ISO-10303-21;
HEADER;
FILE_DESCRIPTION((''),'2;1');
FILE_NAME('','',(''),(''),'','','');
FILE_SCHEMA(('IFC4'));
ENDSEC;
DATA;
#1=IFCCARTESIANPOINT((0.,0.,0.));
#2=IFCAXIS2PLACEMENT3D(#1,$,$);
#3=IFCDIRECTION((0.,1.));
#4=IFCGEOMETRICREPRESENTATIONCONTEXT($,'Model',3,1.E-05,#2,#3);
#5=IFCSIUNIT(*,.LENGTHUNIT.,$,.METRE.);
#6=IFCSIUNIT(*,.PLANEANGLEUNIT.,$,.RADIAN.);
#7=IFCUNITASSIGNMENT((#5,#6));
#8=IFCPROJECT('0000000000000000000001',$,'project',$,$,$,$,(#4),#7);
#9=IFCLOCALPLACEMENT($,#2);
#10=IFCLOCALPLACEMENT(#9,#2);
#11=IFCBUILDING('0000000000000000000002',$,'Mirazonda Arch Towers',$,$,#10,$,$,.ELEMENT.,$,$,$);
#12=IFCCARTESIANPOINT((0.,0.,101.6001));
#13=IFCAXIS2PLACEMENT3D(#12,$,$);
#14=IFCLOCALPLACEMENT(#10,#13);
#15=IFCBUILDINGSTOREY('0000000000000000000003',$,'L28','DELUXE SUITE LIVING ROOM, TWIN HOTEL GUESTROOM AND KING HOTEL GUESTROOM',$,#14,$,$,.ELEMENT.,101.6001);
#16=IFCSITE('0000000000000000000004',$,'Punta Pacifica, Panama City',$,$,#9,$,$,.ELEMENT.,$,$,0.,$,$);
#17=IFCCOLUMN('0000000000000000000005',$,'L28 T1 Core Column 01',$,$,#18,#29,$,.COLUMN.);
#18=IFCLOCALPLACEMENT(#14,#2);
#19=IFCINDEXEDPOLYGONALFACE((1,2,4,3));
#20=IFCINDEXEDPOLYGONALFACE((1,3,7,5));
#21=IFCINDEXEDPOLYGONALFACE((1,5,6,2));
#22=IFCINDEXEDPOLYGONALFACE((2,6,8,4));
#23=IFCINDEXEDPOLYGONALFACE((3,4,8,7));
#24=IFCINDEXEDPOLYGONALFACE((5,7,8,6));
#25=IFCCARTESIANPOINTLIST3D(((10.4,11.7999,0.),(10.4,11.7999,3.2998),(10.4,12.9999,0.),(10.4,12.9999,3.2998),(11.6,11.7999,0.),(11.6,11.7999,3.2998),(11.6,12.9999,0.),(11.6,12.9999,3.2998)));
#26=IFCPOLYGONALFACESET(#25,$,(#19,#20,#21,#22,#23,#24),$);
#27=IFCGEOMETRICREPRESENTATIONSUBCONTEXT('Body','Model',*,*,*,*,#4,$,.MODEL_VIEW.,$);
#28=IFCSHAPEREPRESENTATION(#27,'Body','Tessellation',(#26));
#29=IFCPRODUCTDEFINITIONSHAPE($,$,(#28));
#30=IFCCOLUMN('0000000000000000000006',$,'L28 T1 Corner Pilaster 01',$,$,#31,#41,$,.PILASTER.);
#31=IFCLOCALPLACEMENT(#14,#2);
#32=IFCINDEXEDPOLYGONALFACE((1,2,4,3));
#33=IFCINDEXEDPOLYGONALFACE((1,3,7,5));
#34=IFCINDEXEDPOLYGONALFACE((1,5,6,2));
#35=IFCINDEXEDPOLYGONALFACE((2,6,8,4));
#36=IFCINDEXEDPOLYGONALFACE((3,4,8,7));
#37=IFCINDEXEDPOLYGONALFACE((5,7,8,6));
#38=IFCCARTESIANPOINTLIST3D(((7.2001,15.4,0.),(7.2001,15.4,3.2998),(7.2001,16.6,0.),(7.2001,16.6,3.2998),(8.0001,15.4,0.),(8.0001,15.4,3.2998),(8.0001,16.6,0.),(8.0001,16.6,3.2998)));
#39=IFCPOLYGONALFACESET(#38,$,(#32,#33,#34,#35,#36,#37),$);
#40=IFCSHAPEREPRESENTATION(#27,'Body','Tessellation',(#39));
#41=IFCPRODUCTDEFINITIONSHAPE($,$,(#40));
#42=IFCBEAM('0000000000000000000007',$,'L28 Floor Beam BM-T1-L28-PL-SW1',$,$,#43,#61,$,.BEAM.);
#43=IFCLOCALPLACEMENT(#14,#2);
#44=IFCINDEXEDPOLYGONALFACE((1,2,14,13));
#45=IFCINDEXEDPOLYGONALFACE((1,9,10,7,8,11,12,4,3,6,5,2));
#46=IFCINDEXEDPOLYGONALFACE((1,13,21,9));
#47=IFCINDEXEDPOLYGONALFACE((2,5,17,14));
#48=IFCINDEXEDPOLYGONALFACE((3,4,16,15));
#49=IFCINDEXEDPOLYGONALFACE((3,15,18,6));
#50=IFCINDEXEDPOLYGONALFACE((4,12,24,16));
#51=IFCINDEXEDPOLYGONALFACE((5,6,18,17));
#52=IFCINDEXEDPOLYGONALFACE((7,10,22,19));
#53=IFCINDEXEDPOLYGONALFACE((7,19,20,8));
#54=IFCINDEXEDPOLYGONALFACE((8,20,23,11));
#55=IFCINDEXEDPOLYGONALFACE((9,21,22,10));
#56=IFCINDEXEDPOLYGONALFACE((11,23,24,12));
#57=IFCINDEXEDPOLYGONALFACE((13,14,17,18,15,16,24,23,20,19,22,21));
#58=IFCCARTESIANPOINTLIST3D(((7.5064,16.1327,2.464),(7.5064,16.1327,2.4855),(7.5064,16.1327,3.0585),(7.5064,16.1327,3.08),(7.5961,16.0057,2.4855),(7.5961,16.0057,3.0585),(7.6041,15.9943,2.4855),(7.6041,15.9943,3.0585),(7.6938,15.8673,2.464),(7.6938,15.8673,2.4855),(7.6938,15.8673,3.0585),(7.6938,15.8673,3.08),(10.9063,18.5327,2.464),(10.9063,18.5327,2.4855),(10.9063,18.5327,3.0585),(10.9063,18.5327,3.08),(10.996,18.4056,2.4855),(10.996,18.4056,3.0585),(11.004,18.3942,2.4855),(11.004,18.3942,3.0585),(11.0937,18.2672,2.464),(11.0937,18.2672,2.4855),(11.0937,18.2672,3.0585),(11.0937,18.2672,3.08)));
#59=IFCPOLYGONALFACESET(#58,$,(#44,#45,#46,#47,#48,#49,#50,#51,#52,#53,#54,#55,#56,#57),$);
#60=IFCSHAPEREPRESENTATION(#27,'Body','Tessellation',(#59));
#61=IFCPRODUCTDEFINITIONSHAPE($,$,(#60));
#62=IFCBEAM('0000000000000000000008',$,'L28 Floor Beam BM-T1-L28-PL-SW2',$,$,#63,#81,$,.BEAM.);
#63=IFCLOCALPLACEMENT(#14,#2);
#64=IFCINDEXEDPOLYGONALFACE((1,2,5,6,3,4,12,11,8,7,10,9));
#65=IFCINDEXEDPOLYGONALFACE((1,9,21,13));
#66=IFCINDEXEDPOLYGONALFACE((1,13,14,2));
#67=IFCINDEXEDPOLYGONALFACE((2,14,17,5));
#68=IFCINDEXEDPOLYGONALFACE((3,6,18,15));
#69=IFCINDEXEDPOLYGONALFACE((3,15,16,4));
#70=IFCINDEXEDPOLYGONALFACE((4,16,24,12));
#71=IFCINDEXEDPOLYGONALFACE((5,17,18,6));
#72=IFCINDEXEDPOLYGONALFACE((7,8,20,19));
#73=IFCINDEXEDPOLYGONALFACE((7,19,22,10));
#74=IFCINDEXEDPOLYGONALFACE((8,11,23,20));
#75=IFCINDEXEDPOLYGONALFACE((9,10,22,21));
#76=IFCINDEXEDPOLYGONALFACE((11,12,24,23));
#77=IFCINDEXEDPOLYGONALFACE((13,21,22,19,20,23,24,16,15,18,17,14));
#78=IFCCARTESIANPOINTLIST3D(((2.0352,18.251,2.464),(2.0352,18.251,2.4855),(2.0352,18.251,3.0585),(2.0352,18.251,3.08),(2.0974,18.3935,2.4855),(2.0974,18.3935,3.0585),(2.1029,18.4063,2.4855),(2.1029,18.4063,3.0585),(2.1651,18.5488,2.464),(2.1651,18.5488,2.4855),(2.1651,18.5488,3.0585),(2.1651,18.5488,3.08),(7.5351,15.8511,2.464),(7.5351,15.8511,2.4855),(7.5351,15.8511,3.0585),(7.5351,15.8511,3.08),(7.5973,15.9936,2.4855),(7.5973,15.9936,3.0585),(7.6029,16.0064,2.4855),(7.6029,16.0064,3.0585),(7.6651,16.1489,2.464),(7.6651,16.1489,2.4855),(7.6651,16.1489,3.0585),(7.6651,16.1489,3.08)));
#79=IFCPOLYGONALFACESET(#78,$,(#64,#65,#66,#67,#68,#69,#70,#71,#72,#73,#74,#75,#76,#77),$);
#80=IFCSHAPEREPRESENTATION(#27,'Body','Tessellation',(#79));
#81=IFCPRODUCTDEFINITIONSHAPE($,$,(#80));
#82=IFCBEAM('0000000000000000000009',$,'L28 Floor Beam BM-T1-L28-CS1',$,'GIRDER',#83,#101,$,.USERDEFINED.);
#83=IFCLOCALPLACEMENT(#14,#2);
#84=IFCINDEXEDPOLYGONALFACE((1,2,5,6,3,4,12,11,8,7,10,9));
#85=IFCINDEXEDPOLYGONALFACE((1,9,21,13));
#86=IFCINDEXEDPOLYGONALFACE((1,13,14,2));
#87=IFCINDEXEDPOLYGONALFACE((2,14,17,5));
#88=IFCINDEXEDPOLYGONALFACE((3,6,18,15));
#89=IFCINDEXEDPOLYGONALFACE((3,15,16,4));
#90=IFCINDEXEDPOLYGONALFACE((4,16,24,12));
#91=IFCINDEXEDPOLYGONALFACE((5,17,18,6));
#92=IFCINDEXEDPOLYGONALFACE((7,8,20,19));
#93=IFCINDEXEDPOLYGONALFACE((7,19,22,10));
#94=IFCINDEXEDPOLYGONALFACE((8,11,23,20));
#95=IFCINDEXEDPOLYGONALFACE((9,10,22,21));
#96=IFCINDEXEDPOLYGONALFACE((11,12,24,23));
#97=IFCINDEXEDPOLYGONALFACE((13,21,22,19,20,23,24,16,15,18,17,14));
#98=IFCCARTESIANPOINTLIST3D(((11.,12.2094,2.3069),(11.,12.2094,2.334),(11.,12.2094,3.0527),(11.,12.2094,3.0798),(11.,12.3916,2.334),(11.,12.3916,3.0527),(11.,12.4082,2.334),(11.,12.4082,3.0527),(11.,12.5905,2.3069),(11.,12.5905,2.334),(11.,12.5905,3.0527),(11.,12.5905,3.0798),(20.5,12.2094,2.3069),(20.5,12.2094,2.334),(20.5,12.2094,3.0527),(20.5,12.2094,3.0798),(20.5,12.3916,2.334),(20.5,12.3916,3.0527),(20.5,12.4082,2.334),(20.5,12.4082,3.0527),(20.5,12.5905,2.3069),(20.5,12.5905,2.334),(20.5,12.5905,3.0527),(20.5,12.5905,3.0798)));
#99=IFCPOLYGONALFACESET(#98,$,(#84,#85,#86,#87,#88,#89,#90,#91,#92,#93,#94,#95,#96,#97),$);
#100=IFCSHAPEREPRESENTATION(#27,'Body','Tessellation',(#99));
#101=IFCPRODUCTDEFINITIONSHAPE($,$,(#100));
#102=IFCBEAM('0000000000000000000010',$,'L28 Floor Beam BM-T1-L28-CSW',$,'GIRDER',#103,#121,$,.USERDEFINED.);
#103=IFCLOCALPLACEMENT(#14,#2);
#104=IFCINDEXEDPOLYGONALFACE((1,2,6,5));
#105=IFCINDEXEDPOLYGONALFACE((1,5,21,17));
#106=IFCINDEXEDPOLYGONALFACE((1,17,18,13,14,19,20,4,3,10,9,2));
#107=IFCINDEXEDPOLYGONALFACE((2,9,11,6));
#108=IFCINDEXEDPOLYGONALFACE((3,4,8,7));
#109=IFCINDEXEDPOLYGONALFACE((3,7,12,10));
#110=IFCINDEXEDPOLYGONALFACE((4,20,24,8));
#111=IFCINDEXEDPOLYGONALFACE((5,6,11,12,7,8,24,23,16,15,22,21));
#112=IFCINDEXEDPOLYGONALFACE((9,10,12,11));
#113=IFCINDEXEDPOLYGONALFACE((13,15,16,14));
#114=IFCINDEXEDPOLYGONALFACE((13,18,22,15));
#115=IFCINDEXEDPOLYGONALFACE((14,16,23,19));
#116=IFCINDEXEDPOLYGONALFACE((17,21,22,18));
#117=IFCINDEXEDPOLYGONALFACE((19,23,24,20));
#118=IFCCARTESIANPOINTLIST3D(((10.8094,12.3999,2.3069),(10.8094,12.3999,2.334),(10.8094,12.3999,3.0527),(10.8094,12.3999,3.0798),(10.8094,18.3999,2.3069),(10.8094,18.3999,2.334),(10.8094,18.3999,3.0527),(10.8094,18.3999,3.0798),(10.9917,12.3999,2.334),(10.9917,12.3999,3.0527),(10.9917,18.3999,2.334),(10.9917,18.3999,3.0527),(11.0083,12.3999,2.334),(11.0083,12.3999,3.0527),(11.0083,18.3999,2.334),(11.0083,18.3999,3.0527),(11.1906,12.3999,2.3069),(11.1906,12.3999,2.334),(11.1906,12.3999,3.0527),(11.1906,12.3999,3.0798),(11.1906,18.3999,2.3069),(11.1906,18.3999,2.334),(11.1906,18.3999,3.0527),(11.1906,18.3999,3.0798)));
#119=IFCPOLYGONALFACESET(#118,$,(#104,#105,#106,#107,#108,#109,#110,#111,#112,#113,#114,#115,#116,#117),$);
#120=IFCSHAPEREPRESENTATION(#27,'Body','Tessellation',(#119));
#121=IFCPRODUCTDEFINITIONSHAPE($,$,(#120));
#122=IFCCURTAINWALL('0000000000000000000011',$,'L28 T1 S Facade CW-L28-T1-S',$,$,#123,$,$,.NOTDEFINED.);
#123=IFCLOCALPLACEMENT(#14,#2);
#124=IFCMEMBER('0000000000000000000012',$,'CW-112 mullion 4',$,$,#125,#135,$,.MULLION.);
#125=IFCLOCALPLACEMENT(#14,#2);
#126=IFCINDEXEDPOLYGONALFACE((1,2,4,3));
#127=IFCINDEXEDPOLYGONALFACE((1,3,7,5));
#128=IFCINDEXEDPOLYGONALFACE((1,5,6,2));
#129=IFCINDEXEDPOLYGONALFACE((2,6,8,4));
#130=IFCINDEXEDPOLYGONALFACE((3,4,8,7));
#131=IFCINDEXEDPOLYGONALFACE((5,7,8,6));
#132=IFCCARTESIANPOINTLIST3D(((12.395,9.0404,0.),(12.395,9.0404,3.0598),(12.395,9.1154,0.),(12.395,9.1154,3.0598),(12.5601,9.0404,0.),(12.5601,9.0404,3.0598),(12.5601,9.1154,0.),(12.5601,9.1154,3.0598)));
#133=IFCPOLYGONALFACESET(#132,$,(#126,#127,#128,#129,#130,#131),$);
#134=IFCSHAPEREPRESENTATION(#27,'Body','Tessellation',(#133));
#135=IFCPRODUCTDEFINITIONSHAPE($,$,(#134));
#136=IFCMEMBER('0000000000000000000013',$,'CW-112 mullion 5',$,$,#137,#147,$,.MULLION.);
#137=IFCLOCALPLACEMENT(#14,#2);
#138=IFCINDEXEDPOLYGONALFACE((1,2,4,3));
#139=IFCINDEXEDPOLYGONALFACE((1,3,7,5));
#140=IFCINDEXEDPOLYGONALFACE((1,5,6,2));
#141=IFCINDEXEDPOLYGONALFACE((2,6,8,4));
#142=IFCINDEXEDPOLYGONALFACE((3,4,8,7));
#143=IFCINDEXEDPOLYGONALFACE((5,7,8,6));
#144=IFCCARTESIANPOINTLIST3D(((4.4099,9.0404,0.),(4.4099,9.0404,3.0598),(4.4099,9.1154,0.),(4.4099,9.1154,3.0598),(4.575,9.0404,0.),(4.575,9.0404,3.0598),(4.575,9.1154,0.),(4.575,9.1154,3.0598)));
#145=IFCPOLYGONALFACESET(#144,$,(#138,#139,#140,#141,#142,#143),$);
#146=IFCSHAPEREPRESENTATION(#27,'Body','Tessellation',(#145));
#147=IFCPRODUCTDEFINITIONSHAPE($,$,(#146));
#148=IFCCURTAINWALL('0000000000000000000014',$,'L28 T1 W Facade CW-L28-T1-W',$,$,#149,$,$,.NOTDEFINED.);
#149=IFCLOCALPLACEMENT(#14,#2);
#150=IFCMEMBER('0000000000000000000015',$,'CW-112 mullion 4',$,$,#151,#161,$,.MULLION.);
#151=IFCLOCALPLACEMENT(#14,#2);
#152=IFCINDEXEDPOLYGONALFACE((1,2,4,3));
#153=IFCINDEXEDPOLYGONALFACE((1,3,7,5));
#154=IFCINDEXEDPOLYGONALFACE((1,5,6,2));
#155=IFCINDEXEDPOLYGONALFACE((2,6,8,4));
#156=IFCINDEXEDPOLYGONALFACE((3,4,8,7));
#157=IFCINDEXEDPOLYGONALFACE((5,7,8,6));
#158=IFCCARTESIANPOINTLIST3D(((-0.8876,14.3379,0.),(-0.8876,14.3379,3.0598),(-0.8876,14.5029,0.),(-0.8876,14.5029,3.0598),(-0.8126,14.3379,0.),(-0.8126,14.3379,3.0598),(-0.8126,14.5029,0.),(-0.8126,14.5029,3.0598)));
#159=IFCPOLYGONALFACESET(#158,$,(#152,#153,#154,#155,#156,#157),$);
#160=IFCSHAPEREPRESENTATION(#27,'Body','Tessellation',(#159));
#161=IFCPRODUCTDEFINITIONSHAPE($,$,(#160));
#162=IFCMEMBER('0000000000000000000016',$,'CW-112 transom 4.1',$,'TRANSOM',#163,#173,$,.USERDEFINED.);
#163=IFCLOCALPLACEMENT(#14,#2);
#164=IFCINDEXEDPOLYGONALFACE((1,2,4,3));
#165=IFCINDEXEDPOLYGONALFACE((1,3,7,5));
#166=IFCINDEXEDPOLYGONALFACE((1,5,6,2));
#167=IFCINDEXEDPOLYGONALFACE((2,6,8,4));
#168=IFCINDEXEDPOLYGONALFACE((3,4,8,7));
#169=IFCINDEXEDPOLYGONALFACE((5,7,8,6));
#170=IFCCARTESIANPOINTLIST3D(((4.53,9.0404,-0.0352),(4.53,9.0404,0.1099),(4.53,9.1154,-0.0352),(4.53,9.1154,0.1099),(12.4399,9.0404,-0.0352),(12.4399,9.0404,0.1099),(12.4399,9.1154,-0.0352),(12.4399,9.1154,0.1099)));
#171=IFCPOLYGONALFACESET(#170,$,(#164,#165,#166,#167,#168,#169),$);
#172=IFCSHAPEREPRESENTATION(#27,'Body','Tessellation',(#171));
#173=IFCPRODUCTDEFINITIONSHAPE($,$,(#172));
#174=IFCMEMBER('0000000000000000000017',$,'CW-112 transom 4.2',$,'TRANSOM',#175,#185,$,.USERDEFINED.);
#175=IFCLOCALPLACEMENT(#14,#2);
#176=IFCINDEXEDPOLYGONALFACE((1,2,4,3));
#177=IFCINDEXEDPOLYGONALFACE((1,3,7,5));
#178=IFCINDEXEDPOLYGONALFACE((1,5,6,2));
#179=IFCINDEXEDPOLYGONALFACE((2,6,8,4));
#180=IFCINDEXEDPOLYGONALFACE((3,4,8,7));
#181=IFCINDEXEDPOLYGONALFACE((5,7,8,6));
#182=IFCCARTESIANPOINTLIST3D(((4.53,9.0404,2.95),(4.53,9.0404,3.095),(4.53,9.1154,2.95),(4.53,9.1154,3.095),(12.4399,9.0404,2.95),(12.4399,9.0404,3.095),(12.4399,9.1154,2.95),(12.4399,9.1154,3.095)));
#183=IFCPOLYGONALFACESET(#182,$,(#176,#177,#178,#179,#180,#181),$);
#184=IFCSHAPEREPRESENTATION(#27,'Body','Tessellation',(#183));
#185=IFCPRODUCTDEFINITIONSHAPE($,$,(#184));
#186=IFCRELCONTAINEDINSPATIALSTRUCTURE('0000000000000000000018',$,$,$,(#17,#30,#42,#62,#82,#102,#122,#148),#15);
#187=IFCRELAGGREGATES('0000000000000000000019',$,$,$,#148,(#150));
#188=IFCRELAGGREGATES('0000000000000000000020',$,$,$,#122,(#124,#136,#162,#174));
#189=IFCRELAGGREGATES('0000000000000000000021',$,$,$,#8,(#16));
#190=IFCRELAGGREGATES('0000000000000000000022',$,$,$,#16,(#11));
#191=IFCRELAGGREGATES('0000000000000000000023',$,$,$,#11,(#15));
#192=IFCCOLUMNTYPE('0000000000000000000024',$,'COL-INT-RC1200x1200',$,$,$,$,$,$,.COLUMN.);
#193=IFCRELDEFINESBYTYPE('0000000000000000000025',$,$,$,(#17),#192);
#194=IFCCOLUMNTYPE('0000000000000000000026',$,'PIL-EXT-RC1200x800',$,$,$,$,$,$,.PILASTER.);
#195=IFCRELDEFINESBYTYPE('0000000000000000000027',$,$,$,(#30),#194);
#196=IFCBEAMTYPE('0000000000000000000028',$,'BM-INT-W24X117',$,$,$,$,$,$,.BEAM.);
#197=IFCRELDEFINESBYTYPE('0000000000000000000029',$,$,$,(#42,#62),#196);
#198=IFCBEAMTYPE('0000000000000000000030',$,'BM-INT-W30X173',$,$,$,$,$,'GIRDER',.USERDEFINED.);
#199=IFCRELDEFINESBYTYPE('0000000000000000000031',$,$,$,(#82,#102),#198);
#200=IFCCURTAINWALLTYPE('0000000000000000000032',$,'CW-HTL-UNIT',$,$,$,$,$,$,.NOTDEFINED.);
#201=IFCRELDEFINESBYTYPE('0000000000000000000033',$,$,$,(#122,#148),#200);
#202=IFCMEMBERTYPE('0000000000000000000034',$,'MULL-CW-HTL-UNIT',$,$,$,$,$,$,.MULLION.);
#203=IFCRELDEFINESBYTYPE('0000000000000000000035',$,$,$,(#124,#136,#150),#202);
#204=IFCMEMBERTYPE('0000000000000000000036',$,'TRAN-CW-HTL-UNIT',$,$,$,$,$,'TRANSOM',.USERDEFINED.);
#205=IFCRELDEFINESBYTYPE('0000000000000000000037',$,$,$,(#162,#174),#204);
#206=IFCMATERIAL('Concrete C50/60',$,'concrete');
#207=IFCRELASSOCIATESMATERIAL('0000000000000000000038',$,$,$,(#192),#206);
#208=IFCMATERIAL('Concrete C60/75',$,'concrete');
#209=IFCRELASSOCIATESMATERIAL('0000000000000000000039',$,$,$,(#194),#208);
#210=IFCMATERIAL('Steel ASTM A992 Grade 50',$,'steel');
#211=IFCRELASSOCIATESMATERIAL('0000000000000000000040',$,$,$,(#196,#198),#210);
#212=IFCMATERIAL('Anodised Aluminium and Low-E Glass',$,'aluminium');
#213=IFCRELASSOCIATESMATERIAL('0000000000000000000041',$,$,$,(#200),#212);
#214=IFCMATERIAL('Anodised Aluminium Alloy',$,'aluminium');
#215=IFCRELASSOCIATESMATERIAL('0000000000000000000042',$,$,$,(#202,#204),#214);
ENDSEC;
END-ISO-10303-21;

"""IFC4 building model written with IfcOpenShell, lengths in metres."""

from ifc_helpers import new_model, si_unit, direction, frame, origin, origin_2d, place, context, subcontext, project, spatial, rectangle, i_section, extrude, material, material_profile, profile_set, type_object, element, aggregate, save


model = new_model("IFC4")

# Units and contexts
model_context = context("Model", 3, precision=1e-05, world=origin(), true_north=direction((0.0, 1.0)))
body_context = subcontext(model_context, "Body", "Model", "MODEL_VIEW")
ifc_project = project(units=[si_unit("LENGTHUNIT", "METRE"), si_unit("PLANEANGLEUNIT", "RADIAN")], contexts=[model_context])

# Site, building, storey
site_placement = place(None, origin())
site = spatial("IfcSite", under=ifc_project, at=site_placement, Name="Punta Pacifica, Panama City", CompositionType="ELEMENT", RefElevation=0.0)
building_placement = place(site_placement, origin())
building = spatial("IfcBuilding", under=site, at=building_placement, Name="Mirazonda Arch Towers", CompositionType="ELEMENT")
storey_placement = place(building_placement, frame((0.0, 0.0, 101.6001)))
storey = spatial("IfcBuildingStorey", under=building, at=storey_placement, Name="L28", Description="DELUXE SUITE LIVING ROOM, TWIN HOTEL GUESTROOM AND KING HOTEL GUESTROOM", CompositionType="ELEMENT", Elevation=101.6001)

# Columns
ifc_material_1 = material(Name="Concrete C50/60", Category="concrete")
ifc_material_profile_1 = material_profile(ifc_material_1, rectangle(XDim=1.2, YDim=1.2, at=origin_2d()), Name="RC1200x1200")
ifc_profile_set_1 = profile_set([ifc_material_profile_1], Name="Concrete C50/60")
column_type_1 = type_object("IfcColumnType", Name="COL-INT-RC1200x1200", PredefinedType="COLUMN", material=ifc_profile_set_1)
column_1_placement = place(storey_placement, frame((11.0, 12.3999, 0.0), z_axis=(0.0, 0.0, 1.0), x_axis=(1.0, 0.0, 0.0)))
element("IfcColumn", 1, at=column_1_placement, inside=storey, type_object=column_type_1, Name="L28 T1 Core Column 01", PredefinedType="COLUMN", context=body_context, shape_type="SweptSolid", body=[
    extrude(rectangle(XDim=1.2, YDim=1.2, at=origin_2d()), origin(), (0.0, 0.0, 1.0), 3.2998),
])
ifc_material_2 = material(Name="Concrete C60/75", Category="concrete")
ifc_material_profile_2 = material_profile(ifc_material_2, rectangle(XDim=0.8, YDim=1.2, at=origin_2d()), Name="RC1200x800")
ifc_profile_set_2 = profile_set([ifc_material_profile_2], Name="Concrete C60/75")
column_type_2 = type_object("IfcColumnType", Name="PIL-EXT-RC1200x800", PredefinedType="PILASTER", material=ifc_profile_set_2)
column_2_placement = place(storey_placement, frame((7.6001, 16.0, 0.0), z_axis=(0.0, 0.0, 1.0), x_axis=(1.0, 0.0, 0.0)))
element("IfcColumn", 2, at=column_2_placement, inside=storey, type_object=column_type_2, Name="L28 T1 Corner Pilaster 01", PredefinedType="PILASTER", context=body_context, shape_type="SweptSolid", body=[
    extrude(rectangle(XDim=0.8, YDim=1.2, at=origin_2d()), origin(), (0.0, 0.0, 1.0), 3.2998),
])

# Beams
ifc_material_3 = material(Name="Steel ASTM A992 Grade 50", Category="steel")
ifc_material_profile_3 = material_profile(ifc_material_3, i_section(OverallWidth=0.325, OverallDepth=0.616, WebThickness=0.0139, FlangeThickness=0.0215, at=origin_2d()), Name="W24X117")
ifc_profile_set_3 = profile_set([ifc_material_profile_3], Name="Steel ASTM A992 Grade 50")
beam_type_1 = type_object("IfcBeamType", Name="BM-INT-W24X117", PredefinedType="BEAM", material=ifc_profile_set_3)
beam_1_placement = place(storey_placement, frame((7.6001, 16.0, 2.772), z_axis=(0.816971, 0.576679, 0.0), x_axis=(-0.576679, 0.816971, 0.0)))
element("IfcBeam", 3, at=beam_1_placement, inside=storey, type_object=beam_type_1, Name="L28 Floor Beam BM-T1-L28-PL-SW1", PredefinedType="BEAM", context=body_context, shape_type="SweptSolid", body=[
    extrude(i_section(OverallWidth=0.325, OverallDepth=0.616, WebThickness=0.0139, FlangeThickness=0.0215, at=origin_2d()), origin(), (0.0, 0.0, 1.0), 4.1616),
])
beam_2_placement = place(storey_placement, frame((7.6001, 16.0, 2.772), z_axis=(-0.916545, 0.399931, 0.0), x_axis=(-0.399931, -0.916545, 0.0)))
element("IfcBeam", 4, at=beam_2_placement, inside=storey, type_object=beam_type_1, Name="L28 Floor Beam BM-T1-L28-PL-SW2", PredefinedType="BEAM", context=body_context, shape_type="SweptSolid", body=[
    extrude(i_section(OverallWidth=0.325, OverallDepth=0.616, WebThickness=0.0139, FlangeThickness=0.0215, at=origin_2d()), origin(), (0.0, 0.0, 1.0), 6.0007),
])
ifc_material_profile_4 = material_profile(ifc_material_3, i_section(OverallWidth=0.3811, OverallDepth=0.7729, WebThickness=0.0166, FlangeThickness=0.0271, at=origin_2d()), Name="W30X173")
ifc_profile_set_4 = profile_set([ifc_material_profile_4], Name="Steel ASTM A992 Grade 50")
beam_type_2 = type_object("IfcBeamType", Name="BM-INT-W30X173", ElementType="GIRDER", PredefinedType="USERDEFINED", material=ifc_profile_set_4)
beam_3_placement = place(storey_placement, frame((11.0, 12.3999, 2.6934), z_axis=(1.0, 0.0, 0.0), x_axis=(0.0, 1.0, 0.0)))
element("IfcBeam", 5, at=beam_3_placement, inside=storey, type_object=beam_type_2, Name="L28 Floor Beam BM-T1-L28-CS1", ObjectType="GIRDER", PredefinedType="USERDEFINED", context=body_context, shape_type="SweptSolid", body=[
    extrude(i_section(OverallWidth=0.3811, OverallDepth=0.7729, WebThickness=0.0166, FlangeThickness=0.0271, at=origin_2d()), origin(), (0.0, 0.0, 1.0), 9.5),
])
beam_4_placement = place(storey_placement, frame((11.0, 12.3999, 2.6934), z_axis=(0.0, 1.0, 0.0), x_axis=(-1.0, 0.0, 0.0)))
element("IfcBeam", 6, at=beam_4_placement, inside=storey, type_object=beam_type_2, Name="L28 Floor Beam BM-T1-L28-CSW", ObjectType="GIRDER", PredefinedType="USERDEFINED", context=body_context, shape_type="SweptSolid", body=[
    extrude(i_section(OverallWidth=0.3811, OverallDepth=0.7729, WebThickness=0.0166, FlangeThickness=0.0271, at=origin_2d()), origin(), (0.0, 0.0, 1.0), 6.0),
])

# Curtain wall, members
ifc_material_4 = material(Name="Anodised Aluminium and Low-E Glass", Category="aluminium")
curtain_wall_type = type_object("IfcCurtainWallType", Name="CW-HTL-UNIT", PredefinedType="NOTDEFINED", material=ifc_material_4)
curtain_wall_1_placement = place(storey_placement, origin())
curtain_wall_1 = element("IfcCurtainWall", 7, at=curtain_wall_1_placement, inside=storey, type_object=curtain_wall_type, Name="L28 T1 S Facade CW-L28-T1-S", PredefinedType="NOTDEFINED")
ifc_material_5 = material(Name="Anodised Aluminium Alloy", Category="aluminium")
ifc_material_profile_5 = material_profile(ifc_material_5, rectangle(XDim=0.075, YDim=0.165, at=origin_2d()), Name="ALU-MULL-75x165")
ifc_profile_set_5 = profile_set([ifc_material_profile_5], Name="Anodised Aluminium Alloy")
member_type_1 = type_object("IfcMemberType", Name="MULL-CW-HTL-UNIT", PredefinedType="MULLION", material=ifc_profile_set_5)
member_1_placement = place(storey_placement, frame((12.4775, 9.0779, 0.0), z_axis=(0.0, 0.0, 1.0), x_axis=(0.0, -1.0, 0.0)))
member_1 = element("IfcMember", 8, at=member_1_placement, type_object=member_type_1, Name="CW-112 mullion 4", PredefinedType="MULLION", context=body_context, shape_type="SweptSolid", body=[
    extrude(rectangle(XDim=0.075, YDim=0.165, at=origin_2d()), origin(), (0.0, 0.0, 1.0), 3.0598),
])
member_2_placement = place(storey_placement, frame((4.4924, 9.0779, 0.0), z_axis=(0.0, 0.0, 1.0), x_axis=(0.0, -1.0, 0.0)))
member_2 = element("IfcMember", 9, at=member_2_placement, type_object=member_type_1, Name="CW-112 mullion 5", PredefinedType="MULLION", context=body_context, shape_type="SweptSolid", body=[
    extrude(rectangle(XDim=0.075, YDim=0.165, at=origin_2d()), origin(), (0.0, 0.0, 1.0), 3.0598),
])

# Curtain wall, member
curtain_wall_2_placement = place(storey_placement, origin())
curtain_wall_2 = element("IfcCurtainWall", 10, at=curtain_wall_2_placement, inside=storey, type_object=curtain_wall_type, Name="L28 T1 W Facade CW-L28-T1-W", PredefinedType="NOTDEFINED")
member_3_placement = place(storey_placement, frame((-0.8501, 14.4204, 0.0), z_axis=(0.0, 0.0, 1.0), x_axis=(1.0, 0.0, 0.0)))
member_3 = element("IfcMember", 11, at=member_3_placement, type_object=member_type_1, Name="CW-112 mullion 4", PredefinedType="MULLION", context=body_context, shape_type="SweptSolid", body=[
    extrude(rectangle(XDim=0.075, YDim=0.165, at=origin_2d()), origin(), (0.0, 0.0, 1.0), 3.0598),
])
aggregate(curtain_wall_2, [member_3])

# Members
ifc_material_profile_6 = material_profile(ifc_material_5, rectangle(XDim=0.075, YDim=0.145, at=origin_2d()), Name="ALU-TRAN-75x145")
ifc_profile_set_6 = profile_set([ifc_material_profile_6], Name="Anodised Aluminium Alloy")
member_type_2 = type_object("IfcMemberType", Name="TRAN-CW-HTL-UNIT", ElementType="TRANSOM", PredefinedType="USERDEFINED", material=ifc_profile_set_6)
member_4_placement = place(storey_placement, frame((12.4399, 9.0779, 0.0374), z_axis=(-1.0, 0.0, 0.0), x_axis=(0.0, -1.0, 0.0)))
member_4 = element("IfcMember", 12, at=member_4_placement, type_object=member_type_2, Name="CW-112 transom 4.1", ObjectType="TRANSOM", PredefinedType="USERDEFINED", context=body_context, shape_type="SweptSolid", body=[
    extrude(rectangle(XDim=0.075, YDim=0.145, at=origin_2d()), origin(), (0.0, 0.0, 1.0), 7.9099),
])
member_5_placement = place(storey_placement, frame((12.4399, 9.0779, 3.0225), z_axis=(-1.0, 0.0, 0.0), x_axis=(0.0, -1.0, 0.0)))
member_5 = element("IfcMember", 13, at=member_5_placement, type_object=member_type_2, Name="CW-112 transom 4.2", ObjectType="TRANSOM", PredefinedType="USERDEFINED", context=body_context, shape_type="SweptSolid", body=[
    extrude(rectangle(XDim=0.075, YDim=0.145, at=origin_2d()), origin(), (0.0, 0.0, 1.0), 7.9099),
])

aggregate(curtain_wall_1, [member_1, member_2, member_4, member_5])

save(model, "model.ifc")
